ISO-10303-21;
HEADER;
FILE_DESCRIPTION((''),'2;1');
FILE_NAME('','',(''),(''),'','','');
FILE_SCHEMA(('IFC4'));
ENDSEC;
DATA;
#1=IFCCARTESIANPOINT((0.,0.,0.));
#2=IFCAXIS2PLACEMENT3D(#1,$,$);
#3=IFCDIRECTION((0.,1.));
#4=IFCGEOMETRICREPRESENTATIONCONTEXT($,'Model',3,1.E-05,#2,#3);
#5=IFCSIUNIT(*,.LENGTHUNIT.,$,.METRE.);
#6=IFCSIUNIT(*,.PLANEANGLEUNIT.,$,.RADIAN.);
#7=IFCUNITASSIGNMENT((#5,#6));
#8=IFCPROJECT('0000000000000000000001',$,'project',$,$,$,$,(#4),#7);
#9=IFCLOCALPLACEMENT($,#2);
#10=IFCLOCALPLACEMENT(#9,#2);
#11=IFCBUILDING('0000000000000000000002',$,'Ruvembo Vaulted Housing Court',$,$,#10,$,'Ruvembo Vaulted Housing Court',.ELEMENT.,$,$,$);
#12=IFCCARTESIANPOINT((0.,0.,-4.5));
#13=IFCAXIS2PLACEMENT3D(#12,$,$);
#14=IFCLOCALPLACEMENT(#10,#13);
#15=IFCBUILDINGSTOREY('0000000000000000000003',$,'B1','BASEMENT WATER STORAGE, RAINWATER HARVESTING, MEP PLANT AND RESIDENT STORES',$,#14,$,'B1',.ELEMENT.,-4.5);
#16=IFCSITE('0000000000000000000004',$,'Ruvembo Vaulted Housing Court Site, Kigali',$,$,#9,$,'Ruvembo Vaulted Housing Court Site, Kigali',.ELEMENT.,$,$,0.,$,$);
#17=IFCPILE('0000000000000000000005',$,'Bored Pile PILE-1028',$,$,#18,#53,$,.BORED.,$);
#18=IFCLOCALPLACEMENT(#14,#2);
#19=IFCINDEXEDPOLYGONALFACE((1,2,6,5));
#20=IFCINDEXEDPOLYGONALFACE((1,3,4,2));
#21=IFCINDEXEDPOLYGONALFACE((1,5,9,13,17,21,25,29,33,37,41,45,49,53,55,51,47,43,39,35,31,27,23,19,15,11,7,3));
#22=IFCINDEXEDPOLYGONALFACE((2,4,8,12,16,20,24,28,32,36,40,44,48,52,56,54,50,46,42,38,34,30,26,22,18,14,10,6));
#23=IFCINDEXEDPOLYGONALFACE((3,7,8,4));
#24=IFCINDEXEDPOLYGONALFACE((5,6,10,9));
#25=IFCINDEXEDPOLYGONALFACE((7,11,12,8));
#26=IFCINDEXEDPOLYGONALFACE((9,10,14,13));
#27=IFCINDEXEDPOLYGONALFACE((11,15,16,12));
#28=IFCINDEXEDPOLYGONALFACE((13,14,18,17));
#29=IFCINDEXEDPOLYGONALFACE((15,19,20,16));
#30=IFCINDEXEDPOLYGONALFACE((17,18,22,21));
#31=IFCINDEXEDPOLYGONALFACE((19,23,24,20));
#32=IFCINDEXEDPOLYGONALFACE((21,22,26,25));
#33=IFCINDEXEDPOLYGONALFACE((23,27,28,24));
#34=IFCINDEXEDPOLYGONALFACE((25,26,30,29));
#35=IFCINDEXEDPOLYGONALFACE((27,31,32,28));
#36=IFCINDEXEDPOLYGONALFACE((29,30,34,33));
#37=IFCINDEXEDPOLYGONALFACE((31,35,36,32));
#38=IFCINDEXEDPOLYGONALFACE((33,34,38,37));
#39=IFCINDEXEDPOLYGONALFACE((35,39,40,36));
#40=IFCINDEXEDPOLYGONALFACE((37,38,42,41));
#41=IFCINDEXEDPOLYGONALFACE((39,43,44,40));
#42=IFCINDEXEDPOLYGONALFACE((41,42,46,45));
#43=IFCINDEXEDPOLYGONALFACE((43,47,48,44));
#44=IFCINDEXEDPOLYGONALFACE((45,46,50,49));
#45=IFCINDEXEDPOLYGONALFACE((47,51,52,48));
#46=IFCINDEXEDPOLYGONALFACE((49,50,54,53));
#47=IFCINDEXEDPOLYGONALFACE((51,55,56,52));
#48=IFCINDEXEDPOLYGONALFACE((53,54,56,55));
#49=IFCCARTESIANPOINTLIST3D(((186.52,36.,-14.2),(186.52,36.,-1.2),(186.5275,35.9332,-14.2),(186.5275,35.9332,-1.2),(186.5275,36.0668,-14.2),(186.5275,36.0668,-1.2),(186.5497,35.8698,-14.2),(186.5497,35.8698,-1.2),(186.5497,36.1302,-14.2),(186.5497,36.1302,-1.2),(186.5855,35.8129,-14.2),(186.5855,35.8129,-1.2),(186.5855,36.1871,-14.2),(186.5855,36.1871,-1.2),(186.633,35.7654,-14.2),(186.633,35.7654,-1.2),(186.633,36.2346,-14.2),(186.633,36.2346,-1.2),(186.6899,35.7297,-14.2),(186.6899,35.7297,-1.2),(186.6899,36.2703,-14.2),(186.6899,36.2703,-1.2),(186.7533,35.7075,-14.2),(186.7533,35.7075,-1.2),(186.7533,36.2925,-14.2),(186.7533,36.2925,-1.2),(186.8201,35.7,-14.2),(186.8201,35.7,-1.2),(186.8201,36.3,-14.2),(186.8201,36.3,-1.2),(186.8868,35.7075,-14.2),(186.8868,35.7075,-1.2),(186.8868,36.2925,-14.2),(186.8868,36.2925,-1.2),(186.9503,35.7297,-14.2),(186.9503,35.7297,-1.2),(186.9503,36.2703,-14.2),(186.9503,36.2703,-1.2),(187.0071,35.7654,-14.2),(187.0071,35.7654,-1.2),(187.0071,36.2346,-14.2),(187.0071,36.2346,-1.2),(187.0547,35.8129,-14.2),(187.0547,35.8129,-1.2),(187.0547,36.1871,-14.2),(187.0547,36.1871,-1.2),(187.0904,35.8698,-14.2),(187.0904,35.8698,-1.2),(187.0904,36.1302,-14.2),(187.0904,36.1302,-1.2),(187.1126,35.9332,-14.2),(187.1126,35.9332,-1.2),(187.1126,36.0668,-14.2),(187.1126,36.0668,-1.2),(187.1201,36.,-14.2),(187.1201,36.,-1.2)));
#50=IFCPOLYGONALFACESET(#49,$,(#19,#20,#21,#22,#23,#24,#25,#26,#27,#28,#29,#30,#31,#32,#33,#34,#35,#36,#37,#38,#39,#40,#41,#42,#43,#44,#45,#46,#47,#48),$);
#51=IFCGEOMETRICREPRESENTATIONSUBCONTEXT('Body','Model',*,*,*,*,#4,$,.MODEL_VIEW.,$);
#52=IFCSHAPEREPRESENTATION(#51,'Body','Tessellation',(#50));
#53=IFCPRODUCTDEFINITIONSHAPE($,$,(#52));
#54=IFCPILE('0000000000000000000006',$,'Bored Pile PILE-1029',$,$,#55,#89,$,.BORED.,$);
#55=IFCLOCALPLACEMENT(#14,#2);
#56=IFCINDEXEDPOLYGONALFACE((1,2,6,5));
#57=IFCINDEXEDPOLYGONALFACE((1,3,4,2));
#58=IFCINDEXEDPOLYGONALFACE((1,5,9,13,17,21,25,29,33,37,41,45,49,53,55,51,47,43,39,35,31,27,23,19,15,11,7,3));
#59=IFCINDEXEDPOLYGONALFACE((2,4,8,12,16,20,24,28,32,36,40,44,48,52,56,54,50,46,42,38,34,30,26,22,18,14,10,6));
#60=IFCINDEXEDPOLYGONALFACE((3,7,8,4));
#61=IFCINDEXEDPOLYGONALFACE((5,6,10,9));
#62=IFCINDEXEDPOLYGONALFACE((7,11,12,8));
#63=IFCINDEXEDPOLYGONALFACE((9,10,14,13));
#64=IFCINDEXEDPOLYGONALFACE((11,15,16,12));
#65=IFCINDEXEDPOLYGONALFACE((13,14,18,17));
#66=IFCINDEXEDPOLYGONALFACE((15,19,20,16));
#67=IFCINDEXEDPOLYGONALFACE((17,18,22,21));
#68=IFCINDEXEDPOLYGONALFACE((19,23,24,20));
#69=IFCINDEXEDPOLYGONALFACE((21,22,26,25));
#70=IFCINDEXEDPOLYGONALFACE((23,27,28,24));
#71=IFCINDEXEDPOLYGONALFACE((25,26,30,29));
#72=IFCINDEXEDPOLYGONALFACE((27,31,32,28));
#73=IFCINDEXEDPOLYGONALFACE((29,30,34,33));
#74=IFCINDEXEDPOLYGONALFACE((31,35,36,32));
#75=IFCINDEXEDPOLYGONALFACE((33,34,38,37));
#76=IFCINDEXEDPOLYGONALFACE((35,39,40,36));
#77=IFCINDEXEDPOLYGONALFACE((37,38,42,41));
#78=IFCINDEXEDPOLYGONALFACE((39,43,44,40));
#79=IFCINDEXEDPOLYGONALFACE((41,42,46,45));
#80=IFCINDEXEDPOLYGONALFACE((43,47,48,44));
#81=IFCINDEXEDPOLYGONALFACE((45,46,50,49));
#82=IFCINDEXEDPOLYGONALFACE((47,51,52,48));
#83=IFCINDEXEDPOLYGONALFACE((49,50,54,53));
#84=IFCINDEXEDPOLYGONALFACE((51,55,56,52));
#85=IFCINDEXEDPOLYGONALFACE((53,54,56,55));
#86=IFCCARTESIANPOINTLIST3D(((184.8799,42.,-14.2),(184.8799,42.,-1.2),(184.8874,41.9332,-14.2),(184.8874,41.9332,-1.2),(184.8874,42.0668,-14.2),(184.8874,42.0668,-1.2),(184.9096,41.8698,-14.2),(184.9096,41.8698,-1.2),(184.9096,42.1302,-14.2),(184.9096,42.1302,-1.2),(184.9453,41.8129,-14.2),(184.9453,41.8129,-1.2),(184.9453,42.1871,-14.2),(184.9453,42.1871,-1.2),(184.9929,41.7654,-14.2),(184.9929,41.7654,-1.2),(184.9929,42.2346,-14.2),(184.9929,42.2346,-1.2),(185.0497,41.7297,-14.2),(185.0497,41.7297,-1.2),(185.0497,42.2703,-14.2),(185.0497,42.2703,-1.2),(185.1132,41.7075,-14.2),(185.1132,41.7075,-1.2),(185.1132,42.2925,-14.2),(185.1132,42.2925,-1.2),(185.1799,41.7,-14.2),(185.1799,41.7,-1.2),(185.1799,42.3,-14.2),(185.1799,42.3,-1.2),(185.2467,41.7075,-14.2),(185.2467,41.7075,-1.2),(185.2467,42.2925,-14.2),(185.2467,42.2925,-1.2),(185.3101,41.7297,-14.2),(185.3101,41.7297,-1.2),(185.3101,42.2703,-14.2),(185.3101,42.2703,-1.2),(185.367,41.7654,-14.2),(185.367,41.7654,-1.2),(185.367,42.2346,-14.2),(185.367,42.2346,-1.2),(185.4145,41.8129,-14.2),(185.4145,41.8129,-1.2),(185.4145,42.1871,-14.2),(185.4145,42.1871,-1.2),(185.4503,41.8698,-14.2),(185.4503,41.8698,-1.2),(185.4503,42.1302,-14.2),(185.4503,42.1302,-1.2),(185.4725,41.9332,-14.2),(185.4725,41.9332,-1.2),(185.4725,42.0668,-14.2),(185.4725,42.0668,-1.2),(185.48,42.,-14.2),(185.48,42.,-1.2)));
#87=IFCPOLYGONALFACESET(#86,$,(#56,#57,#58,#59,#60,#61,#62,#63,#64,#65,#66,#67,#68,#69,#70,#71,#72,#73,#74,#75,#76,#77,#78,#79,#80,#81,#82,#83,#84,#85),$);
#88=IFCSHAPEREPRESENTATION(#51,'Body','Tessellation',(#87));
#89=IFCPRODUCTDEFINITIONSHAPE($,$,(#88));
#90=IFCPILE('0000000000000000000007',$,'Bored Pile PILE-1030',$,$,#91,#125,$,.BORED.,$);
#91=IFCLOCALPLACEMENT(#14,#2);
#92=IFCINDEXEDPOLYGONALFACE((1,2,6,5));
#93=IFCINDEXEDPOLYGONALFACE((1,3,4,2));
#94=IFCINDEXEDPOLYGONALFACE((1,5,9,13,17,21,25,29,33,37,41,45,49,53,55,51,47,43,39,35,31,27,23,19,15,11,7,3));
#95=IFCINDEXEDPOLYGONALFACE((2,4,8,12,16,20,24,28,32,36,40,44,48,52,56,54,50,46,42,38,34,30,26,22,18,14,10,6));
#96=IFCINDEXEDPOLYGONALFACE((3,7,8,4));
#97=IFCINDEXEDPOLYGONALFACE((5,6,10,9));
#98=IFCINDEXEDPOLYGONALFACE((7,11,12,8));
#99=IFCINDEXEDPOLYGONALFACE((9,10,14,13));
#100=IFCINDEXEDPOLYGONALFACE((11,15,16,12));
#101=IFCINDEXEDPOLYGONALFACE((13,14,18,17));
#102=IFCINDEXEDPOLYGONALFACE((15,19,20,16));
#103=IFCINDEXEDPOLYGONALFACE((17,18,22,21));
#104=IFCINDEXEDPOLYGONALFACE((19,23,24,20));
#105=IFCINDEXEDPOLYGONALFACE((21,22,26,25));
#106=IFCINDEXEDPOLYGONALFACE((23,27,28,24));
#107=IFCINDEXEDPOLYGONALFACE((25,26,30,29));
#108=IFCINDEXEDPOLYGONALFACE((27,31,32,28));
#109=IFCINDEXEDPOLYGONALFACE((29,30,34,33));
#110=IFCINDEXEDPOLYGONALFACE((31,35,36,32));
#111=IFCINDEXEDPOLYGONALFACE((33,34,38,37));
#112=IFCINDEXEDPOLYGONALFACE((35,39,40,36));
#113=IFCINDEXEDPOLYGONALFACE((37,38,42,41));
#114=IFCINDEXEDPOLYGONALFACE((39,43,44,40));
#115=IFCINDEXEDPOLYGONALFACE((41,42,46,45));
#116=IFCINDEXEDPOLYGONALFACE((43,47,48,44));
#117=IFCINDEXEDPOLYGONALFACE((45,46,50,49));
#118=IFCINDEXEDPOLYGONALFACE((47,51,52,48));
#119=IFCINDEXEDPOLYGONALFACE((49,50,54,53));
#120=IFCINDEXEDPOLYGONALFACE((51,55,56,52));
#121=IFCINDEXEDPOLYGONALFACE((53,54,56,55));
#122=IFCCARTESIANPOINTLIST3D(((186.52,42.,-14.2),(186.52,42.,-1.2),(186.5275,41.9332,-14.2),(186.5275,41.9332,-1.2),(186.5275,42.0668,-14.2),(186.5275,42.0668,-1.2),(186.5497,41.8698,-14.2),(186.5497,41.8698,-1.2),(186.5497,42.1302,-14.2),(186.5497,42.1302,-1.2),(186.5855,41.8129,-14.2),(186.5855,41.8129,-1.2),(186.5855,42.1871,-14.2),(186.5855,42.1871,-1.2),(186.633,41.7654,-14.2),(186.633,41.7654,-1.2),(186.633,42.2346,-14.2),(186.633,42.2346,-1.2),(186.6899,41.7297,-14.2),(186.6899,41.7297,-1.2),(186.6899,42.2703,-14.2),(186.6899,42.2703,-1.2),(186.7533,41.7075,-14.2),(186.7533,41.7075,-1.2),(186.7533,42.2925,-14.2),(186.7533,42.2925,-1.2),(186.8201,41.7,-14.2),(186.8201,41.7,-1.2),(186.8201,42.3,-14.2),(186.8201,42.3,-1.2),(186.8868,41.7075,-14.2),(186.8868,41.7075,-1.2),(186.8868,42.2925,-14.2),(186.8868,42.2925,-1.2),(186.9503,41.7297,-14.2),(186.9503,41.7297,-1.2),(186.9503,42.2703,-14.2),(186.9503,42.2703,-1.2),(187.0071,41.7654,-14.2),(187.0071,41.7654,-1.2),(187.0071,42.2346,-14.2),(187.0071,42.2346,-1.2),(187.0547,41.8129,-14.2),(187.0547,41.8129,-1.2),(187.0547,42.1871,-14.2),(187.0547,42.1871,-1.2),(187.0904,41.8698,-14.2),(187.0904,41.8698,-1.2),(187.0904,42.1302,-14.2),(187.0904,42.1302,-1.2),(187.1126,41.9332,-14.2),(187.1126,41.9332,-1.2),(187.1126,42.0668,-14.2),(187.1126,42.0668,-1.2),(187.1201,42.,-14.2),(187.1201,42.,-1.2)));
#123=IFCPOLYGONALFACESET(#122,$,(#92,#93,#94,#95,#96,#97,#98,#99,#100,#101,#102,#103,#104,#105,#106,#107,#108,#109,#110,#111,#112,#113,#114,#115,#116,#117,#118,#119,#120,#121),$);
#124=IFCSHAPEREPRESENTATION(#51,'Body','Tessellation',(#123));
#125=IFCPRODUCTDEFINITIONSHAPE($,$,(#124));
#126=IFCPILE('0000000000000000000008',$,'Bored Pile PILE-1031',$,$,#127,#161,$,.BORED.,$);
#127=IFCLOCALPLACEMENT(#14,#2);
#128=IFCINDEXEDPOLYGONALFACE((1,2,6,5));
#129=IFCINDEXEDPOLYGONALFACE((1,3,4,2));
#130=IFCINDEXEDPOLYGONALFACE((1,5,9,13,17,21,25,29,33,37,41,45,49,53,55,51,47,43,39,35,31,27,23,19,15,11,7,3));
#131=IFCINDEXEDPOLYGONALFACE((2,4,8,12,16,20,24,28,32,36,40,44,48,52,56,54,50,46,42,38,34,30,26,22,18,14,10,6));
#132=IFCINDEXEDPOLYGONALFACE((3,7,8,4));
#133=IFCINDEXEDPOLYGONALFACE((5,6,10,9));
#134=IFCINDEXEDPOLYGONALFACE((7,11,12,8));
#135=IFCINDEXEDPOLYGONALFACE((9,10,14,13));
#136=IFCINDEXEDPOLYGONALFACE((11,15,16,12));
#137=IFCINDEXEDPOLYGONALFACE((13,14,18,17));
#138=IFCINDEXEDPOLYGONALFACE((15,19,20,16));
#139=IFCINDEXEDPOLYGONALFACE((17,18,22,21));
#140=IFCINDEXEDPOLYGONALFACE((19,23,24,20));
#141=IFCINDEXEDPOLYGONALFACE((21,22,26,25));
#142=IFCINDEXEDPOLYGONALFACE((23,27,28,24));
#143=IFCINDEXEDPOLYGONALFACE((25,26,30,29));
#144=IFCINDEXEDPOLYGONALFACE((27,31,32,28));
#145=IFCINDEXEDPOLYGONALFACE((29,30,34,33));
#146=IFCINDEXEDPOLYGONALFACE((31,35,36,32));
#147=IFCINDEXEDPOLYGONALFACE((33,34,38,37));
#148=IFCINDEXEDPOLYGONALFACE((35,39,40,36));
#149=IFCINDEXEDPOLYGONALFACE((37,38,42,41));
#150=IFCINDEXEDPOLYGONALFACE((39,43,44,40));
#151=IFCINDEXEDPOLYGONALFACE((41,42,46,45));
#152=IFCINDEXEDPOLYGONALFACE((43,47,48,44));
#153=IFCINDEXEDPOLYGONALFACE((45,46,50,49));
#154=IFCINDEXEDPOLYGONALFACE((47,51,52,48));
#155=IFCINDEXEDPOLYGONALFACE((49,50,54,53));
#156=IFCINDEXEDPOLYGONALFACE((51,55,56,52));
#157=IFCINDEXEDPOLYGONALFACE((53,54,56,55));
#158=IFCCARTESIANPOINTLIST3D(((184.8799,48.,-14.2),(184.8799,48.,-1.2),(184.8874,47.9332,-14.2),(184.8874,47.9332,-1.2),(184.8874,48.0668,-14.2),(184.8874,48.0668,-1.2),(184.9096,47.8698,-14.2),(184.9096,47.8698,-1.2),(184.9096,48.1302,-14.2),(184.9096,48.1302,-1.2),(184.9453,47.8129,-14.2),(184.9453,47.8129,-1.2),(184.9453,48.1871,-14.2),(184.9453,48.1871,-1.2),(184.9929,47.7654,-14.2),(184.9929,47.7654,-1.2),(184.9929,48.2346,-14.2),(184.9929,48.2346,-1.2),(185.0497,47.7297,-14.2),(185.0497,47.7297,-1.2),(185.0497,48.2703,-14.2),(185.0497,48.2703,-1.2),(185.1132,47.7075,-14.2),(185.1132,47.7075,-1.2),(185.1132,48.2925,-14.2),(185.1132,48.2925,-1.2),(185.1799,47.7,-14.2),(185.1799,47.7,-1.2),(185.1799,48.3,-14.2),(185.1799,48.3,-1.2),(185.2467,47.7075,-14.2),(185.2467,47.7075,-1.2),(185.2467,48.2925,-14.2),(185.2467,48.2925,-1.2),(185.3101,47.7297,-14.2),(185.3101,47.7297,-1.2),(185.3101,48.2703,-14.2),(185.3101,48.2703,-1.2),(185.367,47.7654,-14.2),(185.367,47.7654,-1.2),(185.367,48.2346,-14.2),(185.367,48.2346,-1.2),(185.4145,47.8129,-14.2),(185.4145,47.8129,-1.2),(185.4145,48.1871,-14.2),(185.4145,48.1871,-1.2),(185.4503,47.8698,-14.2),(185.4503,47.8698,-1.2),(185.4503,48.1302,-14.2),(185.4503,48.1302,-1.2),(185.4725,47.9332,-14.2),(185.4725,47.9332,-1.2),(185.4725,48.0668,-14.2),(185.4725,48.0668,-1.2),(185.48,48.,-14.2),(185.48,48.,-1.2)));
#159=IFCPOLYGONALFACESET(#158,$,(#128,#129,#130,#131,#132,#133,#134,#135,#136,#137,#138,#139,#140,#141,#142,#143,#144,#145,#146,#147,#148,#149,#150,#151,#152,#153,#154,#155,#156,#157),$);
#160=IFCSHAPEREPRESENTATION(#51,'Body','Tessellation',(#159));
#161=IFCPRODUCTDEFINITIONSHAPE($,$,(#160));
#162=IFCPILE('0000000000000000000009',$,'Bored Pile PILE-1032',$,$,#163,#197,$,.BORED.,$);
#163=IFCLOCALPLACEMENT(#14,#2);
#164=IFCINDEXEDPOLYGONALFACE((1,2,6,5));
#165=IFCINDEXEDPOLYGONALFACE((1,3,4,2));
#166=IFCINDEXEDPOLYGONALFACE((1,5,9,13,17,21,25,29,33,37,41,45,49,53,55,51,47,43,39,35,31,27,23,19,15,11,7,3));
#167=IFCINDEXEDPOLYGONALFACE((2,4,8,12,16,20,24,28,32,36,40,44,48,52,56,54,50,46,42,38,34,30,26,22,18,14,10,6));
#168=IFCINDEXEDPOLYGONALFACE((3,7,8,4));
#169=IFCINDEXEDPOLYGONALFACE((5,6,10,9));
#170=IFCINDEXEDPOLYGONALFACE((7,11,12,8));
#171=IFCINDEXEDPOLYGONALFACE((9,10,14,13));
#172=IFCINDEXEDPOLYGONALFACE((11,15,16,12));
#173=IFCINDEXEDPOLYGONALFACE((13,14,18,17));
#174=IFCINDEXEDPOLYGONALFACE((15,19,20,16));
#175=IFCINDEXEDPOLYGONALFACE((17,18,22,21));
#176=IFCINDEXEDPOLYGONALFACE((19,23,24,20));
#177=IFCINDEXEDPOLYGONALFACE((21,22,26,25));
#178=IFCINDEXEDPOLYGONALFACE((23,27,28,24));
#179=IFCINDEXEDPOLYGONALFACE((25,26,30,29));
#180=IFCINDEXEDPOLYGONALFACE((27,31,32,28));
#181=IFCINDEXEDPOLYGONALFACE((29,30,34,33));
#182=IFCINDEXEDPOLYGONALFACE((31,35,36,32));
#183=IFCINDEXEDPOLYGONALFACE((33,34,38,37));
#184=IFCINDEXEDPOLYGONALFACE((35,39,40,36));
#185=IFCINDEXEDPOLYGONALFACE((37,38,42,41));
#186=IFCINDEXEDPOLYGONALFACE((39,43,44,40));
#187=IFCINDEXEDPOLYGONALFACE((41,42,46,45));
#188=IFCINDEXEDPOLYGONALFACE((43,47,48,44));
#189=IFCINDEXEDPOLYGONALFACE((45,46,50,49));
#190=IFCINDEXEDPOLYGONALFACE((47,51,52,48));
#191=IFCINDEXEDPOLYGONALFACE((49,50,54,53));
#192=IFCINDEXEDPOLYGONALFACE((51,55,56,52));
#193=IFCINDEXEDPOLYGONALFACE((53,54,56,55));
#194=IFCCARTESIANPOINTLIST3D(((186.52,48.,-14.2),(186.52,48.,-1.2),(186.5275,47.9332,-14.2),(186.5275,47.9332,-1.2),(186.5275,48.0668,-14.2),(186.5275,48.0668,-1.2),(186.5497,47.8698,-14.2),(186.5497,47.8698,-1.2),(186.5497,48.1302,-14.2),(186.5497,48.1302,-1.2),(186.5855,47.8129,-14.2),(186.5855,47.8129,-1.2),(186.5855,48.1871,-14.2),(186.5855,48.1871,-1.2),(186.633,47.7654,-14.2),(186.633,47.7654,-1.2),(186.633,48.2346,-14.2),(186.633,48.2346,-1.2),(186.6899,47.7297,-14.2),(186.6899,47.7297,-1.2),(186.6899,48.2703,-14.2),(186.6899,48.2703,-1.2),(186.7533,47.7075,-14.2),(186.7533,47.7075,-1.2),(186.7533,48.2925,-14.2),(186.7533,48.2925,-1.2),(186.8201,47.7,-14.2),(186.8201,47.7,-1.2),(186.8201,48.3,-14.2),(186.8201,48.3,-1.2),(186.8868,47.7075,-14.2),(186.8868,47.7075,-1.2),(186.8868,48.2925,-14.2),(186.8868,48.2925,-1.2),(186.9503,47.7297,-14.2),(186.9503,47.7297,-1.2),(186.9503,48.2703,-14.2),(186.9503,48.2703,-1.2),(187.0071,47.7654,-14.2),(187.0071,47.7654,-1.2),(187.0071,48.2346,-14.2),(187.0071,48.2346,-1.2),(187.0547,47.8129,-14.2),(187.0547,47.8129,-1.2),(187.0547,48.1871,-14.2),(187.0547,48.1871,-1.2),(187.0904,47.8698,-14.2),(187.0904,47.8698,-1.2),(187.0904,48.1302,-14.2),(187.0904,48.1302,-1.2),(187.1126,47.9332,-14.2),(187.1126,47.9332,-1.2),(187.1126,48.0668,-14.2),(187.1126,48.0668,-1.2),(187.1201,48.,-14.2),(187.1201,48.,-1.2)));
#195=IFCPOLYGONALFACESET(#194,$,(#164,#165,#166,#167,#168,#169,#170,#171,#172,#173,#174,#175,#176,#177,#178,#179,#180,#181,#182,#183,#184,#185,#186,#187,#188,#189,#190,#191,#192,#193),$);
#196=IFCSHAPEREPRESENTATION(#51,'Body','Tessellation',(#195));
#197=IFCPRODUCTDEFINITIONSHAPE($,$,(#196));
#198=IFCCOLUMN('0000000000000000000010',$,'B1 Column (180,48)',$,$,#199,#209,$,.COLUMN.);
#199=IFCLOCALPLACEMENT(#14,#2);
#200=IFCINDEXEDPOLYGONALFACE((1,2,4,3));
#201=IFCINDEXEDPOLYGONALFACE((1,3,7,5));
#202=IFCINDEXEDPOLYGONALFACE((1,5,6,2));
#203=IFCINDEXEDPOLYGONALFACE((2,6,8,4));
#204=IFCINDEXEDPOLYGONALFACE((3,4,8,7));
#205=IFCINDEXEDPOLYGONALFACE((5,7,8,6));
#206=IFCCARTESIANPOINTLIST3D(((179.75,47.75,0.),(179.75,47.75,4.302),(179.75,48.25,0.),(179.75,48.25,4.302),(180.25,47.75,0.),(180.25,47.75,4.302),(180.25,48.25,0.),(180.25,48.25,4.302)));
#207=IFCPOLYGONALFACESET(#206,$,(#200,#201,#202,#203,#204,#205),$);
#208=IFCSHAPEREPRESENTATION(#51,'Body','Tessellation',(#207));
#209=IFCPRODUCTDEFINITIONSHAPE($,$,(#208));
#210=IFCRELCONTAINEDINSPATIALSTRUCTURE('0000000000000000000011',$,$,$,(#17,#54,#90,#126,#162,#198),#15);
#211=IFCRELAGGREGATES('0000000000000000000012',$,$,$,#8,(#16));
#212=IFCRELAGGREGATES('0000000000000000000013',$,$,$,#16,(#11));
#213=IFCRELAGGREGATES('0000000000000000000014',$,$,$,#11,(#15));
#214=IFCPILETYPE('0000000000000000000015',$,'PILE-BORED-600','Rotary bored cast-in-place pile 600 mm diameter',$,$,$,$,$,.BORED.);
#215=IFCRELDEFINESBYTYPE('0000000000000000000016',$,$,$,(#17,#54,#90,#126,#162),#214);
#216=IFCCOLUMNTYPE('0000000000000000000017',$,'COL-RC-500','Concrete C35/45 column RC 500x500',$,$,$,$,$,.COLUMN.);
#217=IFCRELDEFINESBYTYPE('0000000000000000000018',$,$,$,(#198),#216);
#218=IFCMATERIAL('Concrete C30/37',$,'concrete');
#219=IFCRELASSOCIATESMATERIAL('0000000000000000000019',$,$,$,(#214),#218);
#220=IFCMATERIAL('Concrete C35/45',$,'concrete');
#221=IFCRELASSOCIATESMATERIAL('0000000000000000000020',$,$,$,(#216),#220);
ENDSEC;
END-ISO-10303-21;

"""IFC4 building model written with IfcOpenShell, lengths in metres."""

from ifc_helpers import new_model, si_unit, direction, frame, origin, origin_2d, place, context, subcontext, project, spatial, rectangle, circle, extrude, material, material_profile, profile_set, type_object, element, save


model = new_model("IFC4")

# Units and contexts
model_context = context("Model", 3, precision=1e-05, world=origin(), true_north=direction((0.0, 1.0)))
body_context = subcontext(model_context, "Body", "Model", "MODEL_VIEW")
ifc_project = project(units=[si_unit("LENGTHUNIT", "METRE"), si_unit("PLANEANGLEUNIT", "RADIAN")], contexts=[model_context])

# Site, building, storey
site_placement = place(None, origin())
site = spatial("IfcSite", under=ifc_project, at=site_placement, Name="Ruvembo Vaulted Housing Court Site, Kigali", LongName="Ruvembo Vaulted Housing Court Site, Kigali", CompositionType="ELEMENT", RefElevation=0.0)
building_placement = place(site_placement, origin())
building = spatial("IfcBuilding", under=site, at=building_placement, Name="Ruvembo Vaulted Housing Court", LongName="Ruvembo Vaulted Housing Court", CompositionType="ELEMENT")
storey_placement = place(building_placement, frame((0.0, 0.0, -4.5)))
storey = spatial("IfcBuildingStorey", under=building, at=storey_placement, Name="B1", Description="BASEMENT WATER STORAGE, RAINWATER HARVESTING, MEP PLANT AND RESIDENT STORES", LongName="B1", CompositionType="ELEMENT", Elevation=-4.5)

# Shared definitions
ifc_material_1 = material(Name="Concrete C35/45", Category="concrete")

# Piles
ifc_material_2 = material(Name="Concrete C30/37", Category="concrete")
ifc_material_profile_1 = material_profile(ifc_material_2, circle(Radius=0.3, at=origin_2d()), Name="PILE D600")
ifc_profile_set_1 = profile_set([ifc_material_profile_1], Name="Concrete C30/37")
pile_type = type_object("IfcPileType", Name="PILE-BORED-600", Description="Rotary bored cast-in-place pile 600 mm diameter", PredefinedType="BORED", material=ifc_profile_set_1)
for number, where, z_axis, x_axis, name in (
    (1, (186.8201, 36.0, -1.2), (0.0, 0.0, -1.0), (1.0, 0.0, 0.0), "Bored Pile PILE-1028"),
    (2, (185.1799, 42.0, -1.2), (0.0, 0.0, -1.0), (1.0, 0.0, 0.0), "Bored Pile PILE-1029"),
    (3, (186.8201, 42.0, -1.2), (0.0, 0.0, -1.0), (1.0, 0.0, 0.0), "Bored Pile PILE-1030"),
    (4, (185.1799, 48.0, -1.2), (0.0, 0.0, -1.0), (1.0, 0.0, 0.0), "Bored Pile PILE-1031"),
    (5, (186.8201, 48.0, -1.2), (0.0, 0.0, -1.0), (1.0, 0.0, 0.0), "Bored Pile PILE-1032"),
):
    element("IfcPile", number, at=place(storey_placement, frame(where, z_axis=z_axis, x_axis=x_axis)), inside=storey, type_object=pile_type, Name=name, PredefinedType="BORED", context=body_context, shape_type="SweptSolid", body=[
        extrude(circle(Radius=0.3, at=origin_2d()), origin(), (0.0, 0.0, 1.0), 13.0),
    ])

# Column
ifc_material_profile_2 = material_profile(ifc_material_1, rectangle(XDim=0.5, YDim=0.5, at=origin_2d()), Name="RC 500x500")
ifc_profile_set_2 = profile_set([ifc_material_profile_2], Name="Concrete C35/45")
column_type_1 = type_object("IfcColumnType", Name="COL-RC-500", Description="Concrete C35/45 column RC 500x500", PredefinedType="COLUMN", material=ifc_profile_set_2)
for number, where, z_axis, x_axis, name in (
    (6, (180.0, 48.0, 0.0), (0.0, 0.0, 1.0), (1.0, 0.0, 0.0), "B1 Column (180,48)"),
):
    element("IfcColumn", number, at=place(storey_placement, frame(where, z_axis=z_axis, x_axis=x_axis)), inside=storey, type_object=column_type_1, Name=name, PredefinedType="COLUMN", context=body_context, shape_type="SweptSolid", body=[
        extrude(rectangle(XDim=0.5, YDim=0.5, at=origin_2d()), origin(), (0.0, 0.0, 1.0), 4.302),
    ])

save(model, "model.ifc")
